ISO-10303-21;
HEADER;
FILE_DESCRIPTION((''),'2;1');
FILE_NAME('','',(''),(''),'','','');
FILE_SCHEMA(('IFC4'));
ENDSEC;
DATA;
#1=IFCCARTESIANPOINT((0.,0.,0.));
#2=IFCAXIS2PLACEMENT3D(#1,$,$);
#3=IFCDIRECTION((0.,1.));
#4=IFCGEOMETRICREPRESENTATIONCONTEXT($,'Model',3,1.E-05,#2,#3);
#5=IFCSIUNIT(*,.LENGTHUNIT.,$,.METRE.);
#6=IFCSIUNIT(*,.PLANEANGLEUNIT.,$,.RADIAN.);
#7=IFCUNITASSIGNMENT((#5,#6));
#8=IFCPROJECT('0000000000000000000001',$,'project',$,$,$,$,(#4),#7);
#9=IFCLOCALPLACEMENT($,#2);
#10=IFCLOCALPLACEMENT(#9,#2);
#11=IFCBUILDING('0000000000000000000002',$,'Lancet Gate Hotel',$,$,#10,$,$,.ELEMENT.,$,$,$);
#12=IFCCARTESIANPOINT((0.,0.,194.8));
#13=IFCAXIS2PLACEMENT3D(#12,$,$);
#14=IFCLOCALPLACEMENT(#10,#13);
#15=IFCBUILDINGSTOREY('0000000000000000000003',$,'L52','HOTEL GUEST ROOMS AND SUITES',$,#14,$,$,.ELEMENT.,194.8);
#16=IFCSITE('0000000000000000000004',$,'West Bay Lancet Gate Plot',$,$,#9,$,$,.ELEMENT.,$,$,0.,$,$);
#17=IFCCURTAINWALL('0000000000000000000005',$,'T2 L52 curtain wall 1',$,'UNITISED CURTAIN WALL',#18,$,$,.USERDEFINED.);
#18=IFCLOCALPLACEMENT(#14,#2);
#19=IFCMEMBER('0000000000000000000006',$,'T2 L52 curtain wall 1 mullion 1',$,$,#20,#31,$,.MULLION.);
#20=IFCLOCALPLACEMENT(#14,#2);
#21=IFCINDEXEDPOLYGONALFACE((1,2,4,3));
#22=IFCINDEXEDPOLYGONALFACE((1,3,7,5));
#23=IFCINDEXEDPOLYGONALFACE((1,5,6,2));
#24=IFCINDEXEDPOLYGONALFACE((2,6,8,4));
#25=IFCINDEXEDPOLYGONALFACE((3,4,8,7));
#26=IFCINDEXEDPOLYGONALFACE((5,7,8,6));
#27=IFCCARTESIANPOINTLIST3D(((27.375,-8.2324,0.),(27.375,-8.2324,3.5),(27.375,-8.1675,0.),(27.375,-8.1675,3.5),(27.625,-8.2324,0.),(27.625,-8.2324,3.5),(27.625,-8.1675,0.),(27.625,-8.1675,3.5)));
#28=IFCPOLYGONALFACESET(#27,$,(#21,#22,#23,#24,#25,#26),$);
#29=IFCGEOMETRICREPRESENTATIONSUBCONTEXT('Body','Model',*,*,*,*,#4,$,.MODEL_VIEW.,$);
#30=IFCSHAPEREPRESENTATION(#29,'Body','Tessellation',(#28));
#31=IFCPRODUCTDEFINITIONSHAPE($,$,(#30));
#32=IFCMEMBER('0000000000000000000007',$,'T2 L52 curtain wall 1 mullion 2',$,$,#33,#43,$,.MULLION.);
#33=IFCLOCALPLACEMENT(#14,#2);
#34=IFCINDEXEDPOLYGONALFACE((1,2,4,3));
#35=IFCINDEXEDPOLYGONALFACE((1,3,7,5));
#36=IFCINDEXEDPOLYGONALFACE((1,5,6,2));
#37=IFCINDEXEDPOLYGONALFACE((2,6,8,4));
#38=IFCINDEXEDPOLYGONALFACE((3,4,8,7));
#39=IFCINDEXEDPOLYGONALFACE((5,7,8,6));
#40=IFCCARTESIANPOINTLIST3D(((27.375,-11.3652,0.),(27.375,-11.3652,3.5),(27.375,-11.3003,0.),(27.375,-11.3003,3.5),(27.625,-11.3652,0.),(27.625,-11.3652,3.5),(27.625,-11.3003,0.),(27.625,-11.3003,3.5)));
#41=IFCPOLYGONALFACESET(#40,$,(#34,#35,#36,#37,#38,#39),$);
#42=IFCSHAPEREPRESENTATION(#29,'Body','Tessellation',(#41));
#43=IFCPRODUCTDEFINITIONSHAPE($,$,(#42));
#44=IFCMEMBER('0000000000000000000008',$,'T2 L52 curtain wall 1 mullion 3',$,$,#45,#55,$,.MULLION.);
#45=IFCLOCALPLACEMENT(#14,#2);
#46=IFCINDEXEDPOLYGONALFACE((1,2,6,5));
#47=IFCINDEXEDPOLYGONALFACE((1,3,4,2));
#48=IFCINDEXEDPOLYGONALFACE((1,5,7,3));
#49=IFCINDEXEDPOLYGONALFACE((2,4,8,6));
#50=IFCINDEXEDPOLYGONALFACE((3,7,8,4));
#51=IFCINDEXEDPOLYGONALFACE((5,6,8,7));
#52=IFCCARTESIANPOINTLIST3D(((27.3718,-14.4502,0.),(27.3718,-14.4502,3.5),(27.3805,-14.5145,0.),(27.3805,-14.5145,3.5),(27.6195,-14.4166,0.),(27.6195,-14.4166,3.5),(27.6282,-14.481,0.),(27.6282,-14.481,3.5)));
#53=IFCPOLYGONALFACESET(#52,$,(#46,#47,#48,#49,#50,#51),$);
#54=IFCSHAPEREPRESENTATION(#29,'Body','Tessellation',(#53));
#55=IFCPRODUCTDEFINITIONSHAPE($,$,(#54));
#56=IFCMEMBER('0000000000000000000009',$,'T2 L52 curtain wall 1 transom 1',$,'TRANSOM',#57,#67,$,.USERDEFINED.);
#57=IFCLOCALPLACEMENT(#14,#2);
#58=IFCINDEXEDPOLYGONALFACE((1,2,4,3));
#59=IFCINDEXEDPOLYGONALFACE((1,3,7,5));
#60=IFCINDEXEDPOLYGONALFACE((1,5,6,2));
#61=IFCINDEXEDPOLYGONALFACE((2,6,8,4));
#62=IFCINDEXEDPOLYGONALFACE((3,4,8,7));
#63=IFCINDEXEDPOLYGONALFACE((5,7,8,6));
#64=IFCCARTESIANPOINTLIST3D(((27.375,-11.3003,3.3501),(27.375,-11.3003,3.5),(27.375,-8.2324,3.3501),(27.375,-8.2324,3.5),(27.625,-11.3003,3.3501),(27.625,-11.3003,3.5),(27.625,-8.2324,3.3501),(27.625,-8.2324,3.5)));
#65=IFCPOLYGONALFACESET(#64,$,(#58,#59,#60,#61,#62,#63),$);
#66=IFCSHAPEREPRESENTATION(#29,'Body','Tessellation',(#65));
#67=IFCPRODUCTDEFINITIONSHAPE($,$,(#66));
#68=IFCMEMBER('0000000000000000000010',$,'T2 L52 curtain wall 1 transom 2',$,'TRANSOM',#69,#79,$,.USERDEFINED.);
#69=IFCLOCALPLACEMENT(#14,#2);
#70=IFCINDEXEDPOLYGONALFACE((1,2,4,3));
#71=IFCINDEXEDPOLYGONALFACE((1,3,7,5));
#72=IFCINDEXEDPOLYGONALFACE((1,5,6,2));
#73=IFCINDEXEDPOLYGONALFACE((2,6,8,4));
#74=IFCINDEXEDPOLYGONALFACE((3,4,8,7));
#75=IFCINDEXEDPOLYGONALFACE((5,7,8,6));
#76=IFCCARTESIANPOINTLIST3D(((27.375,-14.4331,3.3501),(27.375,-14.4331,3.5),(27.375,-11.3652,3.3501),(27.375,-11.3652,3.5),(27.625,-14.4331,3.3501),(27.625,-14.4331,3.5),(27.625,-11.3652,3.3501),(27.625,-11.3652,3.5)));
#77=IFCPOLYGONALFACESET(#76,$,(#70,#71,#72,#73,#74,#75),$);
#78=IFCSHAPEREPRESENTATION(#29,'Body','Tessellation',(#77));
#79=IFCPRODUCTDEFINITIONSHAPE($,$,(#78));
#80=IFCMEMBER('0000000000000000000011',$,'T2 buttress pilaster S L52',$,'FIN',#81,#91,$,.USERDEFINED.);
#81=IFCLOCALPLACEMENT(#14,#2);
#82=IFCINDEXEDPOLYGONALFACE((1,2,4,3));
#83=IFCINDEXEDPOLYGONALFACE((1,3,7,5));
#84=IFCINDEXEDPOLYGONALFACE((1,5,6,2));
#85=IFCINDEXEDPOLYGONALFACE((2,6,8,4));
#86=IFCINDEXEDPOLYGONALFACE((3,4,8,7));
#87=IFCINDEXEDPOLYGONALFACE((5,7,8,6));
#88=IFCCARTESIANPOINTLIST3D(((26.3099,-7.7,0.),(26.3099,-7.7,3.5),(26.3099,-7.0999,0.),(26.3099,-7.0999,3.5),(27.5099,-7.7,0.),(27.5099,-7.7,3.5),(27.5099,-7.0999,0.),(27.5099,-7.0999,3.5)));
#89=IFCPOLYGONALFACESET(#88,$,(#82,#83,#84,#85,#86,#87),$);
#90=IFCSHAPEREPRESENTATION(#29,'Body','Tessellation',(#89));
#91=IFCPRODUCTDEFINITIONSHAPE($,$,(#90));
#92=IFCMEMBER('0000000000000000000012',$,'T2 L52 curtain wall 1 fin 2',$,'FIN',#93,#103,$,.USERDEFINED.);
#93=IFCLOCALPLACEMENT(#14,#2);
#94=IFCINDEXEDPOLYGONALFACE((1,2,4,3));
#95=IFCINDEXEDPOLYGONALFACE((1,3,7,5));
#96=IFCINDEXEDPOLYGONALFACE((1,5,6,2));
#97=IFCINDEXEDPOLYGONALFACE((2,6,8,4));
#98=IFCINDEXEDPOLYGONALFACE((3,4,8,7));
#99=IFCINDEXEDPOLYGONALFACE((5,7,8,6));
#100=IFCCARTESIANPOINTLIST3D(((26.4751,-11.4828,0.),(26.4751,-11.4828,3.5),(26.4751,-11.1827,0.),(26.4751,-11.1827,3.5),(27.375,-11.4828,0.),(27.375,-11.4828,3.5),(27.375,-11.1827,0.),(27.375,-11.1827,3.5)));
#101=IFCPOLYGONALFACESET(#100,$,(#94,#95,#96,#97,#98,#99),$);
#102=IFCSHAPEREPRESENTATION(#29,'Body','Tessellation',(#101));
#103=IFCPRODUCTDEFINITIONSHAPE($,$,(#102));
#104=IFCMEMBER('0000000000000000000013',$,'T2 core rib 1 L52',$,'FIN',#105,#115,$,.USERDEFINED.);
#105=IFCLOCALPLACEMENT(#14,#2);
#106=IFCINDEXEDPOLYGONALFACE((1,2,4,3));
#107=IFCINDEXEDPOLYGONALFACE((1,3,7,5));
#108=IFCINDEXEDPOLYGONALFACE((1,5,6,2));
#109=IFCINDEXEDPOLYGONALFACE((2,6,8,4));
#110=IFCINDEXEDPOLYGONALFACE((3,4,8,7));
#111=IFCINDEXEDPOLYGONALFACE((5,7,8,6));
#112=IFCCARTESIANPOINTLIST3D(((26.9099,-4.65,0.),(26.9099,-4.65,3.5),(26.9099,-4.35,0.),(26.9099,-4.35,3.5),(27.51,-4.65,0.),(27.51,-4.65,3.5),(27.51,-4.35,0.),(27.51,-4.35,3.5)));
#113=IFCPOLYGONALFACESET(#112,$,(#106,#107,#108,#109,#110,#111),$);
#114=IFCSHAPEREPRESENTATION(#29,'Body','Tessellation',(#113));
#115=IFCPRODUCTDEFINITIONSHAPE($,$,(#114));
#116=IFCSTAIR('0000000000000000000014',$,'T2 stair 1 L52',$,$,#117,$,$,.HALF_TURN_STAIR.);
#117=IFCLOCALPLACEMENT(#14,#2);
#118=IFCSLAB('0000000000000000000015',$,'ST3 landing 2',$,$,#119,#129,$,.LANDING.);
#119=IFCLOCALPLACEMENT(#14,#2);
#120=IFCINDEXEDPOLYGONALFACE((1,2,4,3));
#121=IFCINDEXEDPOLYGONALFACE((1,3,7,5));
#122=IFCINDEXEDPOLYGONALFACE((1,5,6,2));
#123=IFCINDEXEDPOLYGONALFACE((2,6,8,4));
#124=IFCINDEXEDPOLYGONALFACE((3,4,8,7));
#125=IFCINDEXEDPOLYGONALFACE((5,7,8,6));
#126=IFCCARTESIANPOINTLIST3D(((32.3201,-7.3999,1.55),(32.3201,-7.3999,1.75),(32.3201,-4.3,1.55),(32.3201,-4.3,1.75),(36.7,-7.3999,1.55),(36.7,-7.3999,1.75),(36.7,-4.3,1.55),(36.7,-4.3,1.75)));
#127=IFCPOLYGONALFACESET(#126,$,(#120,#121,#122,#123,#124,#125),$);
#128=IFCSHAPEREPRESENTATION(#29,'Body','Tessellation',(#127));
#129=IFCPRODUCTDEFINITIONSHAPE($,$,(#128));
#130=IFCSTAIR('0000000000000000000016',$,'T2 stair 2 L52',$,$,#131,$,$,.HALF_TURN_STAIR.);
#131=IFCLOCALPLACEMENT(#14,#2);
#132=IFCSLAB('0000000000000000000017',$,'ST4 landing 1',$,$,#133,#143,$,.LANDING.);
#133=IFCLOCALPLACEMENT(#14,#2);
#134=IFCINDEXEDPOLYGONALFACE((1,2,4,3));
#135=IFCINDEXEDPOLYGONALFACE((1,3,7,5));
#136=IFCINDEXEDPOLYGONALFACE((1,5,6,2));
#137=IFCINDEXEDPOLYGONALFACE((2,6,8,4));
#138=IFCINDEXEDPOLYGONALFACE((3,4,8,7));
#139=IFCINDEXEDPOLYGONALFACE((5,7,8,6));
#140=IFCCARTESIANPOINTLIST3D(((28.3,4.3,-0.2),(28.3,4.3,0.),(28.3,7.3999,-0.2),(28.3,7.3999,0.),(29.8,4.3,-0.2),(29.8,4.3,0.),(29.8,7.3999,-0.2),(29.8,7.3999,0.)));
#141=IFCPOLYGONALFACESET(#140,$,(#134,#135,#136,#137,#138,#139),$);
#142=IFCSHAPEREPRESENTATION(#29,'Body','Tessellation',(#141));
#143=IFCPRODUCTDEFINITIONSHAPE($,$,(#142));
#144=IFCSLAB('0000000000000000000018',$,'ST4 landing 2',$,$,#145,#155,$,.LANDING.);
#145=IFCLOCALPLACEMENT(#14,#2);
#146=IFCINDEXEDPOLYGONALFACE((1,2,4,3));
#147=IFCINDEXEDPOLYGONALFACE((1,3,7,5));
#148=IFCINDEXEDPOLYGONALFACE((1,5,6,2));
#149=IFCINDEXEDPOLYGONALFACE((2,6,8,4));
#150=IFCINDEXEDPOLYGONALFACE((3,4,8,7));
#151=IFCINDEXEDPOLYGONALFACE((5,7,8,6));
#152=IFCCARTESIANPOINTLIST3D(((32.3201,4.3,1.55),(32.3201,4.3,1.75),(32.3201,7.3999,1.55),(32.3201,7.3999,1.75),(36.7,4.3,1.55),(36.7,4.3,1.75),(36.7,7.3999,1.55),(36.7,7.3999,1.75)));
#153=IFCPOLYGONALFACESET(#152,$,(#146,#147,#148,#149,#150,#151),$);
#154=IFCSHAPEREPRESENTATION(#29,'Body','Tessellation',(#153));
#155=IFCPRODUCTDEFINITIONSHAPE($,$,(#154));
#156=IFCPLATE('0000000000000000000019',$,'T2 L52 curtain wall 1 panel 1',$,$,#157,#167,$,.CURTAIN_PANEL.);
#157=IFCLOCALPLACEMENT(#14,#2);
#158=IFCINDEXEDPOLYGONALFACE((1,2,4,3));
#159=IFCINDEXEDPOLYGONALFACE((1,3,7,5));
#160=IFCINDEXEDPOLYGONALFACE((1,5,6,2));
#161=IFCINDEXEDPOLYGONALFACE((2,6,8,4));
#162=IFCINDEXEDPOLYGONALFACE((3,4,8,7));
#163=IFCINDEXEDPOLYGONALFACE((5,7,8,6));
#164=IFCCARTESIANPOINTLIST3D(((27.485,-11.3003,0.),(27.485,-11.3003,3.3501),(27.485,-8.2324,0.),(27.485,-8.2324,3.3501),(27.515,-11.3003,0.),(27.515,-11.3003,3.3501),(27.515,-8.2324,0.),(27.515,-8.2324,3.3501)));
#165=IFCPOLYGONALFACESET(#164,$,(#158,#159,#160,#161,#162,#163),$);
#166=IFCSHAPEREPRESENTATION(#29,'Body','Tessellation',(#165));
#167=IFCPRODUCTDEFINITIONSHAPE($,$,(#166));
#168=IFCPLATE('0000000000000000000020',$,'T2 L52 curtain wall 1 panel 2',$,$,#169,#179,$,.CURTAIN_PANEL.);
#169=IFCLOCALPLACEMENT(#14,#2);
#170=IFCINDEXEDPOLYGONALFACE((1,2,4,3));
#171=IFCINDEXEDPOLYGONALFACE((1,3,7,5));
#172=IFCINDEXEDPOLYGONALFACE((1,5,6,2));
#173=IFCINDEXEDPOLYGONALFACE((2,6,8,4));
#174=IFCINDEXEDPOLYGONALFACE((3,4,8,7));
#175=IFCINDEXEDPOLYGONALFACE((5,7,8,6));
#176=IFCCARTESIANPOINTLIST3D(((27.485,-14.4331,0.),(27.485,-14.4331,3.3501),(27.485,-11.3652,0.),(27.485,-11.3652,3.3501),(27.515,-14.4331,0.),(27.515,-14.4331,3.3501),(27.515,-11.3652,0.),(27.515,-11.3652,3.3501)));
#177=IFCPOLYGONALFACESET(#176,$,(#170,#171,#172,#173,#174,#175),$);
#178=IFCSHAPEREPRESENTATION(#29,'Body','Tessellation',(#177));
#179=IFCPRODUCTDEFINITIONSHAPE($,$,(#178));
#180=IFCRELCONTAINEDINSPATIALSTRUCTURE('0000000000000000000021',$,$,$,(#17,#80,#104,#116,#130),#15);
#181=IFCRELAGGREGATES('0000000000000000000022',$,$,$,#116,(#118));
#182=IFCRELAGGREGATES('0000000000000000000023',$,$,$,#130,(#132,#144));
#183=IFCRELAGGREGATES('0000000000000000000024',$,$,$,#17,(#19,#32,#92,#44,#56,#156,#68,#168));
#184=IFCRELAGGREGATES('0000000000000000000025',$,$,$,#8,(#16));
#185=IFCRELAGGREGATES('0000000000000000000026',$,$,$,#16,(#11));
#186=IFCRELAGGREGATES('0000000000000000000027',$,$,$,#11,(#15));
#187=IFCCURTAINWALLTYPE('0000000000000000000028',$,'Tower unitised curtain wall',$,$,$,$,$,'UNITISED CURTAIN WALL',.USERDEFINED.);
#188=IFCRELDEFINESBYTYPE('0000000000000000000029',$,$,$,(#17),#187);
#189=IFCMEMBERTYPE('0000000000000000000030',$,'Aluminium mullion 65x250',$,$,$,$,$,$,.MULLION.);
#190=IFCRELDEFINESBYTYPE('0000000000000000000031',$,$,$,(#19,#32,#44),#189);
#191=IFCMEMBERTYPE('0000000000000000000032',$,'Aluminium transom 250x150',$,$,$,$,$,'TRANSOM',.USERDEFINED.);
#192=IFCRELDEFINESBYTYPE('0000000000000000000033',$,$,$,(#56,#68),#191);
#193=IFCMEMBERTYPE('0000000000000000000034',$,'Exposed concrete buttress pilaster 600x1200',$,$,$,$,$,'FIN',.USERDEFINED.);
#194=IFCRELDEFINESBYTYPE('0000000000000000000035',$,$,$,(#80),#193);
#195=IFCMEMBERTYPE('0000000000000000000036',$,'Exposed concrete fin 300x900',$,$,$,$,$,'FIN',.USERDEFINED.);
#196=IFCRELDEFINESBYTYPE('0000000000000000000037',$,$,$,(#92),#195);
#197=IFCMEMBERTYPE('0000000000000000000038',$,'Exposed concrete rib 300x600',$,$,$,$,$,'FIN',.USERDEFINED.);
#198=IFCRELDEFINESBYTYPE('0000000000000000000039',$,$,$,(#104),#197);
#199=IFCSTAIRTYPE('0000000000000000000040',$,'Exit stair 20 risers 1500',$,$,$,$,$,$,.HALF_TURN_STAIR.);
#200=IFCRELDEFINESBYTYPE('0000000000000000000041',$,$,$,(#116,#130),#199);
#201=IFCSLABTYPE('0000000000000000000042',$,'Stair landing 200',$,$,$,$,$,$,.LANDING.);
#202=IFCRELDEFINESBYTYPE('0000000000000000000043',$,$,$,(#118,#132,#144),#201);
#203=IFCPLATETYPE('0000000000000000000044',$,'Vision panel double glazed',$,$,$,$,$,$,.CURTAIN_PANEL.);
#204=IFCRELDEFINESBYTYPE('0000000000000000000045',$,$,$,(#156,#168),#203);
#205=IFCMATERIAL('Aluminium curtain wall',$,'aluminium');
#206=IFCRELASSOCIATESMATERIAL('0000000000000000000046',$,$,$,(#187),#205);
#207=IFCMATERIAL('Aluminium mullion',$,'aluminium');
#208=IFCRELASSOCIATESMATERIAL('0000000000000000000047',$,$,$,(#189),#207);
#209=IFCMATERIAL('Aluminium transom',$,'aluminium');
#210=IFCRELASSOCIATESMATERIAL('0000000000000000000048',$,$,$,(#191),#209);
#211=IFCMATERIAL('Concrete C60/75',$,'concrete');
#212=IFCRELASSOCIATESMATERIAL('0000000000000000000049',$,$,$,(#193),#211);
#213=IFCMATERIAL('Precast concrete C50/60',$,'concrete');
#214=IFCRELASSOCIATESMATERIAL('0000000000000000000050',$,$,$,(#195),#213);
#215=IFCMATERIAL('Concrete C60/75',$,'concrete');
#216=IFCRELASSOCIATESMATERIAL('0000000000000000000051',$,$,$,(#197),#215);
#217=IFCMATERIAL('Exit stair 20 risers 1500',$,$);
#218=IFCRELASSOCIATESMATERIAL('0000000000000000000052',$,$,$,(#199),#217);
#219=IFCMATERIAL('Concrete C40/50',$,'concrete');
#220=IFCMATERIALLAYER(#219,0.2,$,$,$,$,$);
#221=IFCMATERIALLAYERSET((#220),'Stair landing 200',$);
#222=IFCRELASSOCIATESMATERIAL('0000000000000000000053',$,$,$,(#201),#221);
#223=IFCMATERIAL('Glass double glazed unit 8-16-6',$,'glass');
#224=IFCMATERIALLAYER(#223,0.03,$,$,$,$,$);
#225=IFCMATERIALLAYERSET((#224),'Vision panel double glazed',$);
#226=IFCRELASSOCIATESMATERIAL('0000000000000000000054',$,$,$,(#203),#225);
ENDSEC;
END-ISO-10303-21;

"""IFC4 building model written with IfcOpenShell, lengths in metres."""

from ifc_helpers import new_model, si_unit, direction, frame, origin, origin_2d, place, context, subcontext, project, spatial, polyline, rectangle, outline, extrude, material, layer, layer_set, material_profile, profile_set, type_object, element, aggregate, save


model = new_model("IFC4")

# Units and contexts
model_context = context("Model", 3, precision=1e-05, world=origin(), true_north=direction((0.0, 1.0)))
body_context = subcontext(model_context, "Body", "Model", "MODEL_VIEW")
ifc_project = project(units=[si_unit("LENGTHUNIT", "METRE"), si_unit("PLANEANGLEUNIT", "RADIAN")], contexts=[model_context])

# Site, building, storey
site_placement = place(None, origin())
site = spatial("IfcSite", under=ifc_project, at=site_placement, Name="West Bay Lancet Gate Plot", CompositionType="ELEMENT", RefElevation=0.0)
building_placement = place(site_placement, origin())
building = spatial("IfcBuilding", under=site, at=building_placement, Name="Lancet Gate Hotel", CompositionType="ELEMENT")
storey_placement = place(building_placement, frame((0.0, 0.0, 194.8)))
storey = spatial("IfcBuildingStorey", under=building, at=storey_placement, Name="L52", Description="HOTEL GUEST ROOMS AND SUITES", CompositionType="ELEMENT", Elevation=194.8)

# Curtain wall, members
ifc_material_1 = material(Name="Aluminium curtain wall", Category="aluminium")
curtain_wall_type = type_object("IfcCurtainWallType", Name="Tower unitised curtain wall", ElementType="UNITISED CURTAIN WALL", PredefinedType="USERDEFINED", material=ifc_material_1)
curtain_wall_placement = place(storey_placement, origin())
curtain_wall = element("IfcCurtainWall", 1, at=curtain_wall_placement, inside=storey, type_object=curtain_wall_type, Name="T2 L52 curtain wall 1", ObjectType="UNITISED CURTAIN WALL", PredefinedType="USERDEFINED")
ifc_material_2 = material(Name="Aluminium mullion", Category="aluminium")
ifc_material_profile_1 = material_profile(ifc_material_2, rectangle(XDim=0.0649, YDim=0.25, at=origin_2d()), Name="MULLION 65x250")
ifc_profile_set_1 = profile_set([ifc_material_profile_1], Name="Aluminium mullion")
member_type_1 = type_object("IfcMemberType", Name="Aluminium mullion 65x250", PredefinedType="MULLION", material=ifc_profile_set_1)
member_1_placement = place(storey_placement, frame((27.5, -8.2, 0.0), z_axis=(0.0, 0.0, 1.0), x_axis=(0.0, -1.0, 0.0)))
member_1 = element("IfcMember", 2, at=member_1_placement, type_object=member_type_1, Name="T2 L52 curtain wall 1 mullion 1", PredefinedType="MULLION", context=body_context, shape_type="SweptSolid", body=[
    extrude(rectangle(XDim=0.0649, YDim=0.25, at=origin_2d()), origin(), (0.0, 0.0, 1.0), 3.5),
])
member_2_placement = place(storey_placement, frame((27.5, -11.3328, 0.0), z_axis=(0.0, 0.0, 1.0), x_axis=(0.0, -1.0, 0.0)))
member_2 = element("IfcMember", 3, at=member_2_placement, type_object=member_type_1, Name="T2 L52 curtain wall 1 mullion 2", PredefinedType="MULLION", context=body_context, shape_type="SweptSolid", body=[
    extrude(rectangle(XDim=0.0649, YDim=0.25, at=origin_2d()), origin(), (0.0, 0.0, 1.0), 3.5),
])
member_3_placement = place(storey_placement, frame((27.5, -14.4656, 0.0), z_axis=(0.0, 0.0, 1.0), x_axis=(0.134207, -0.990953, 0.0)))
member_3 = element("IfcMember", 4, at=member_3_placement, type_object=member_type_1, Name="T2 L52 curtain wall 1 mullion 3", PredefinedType="MULLION", context=body_context, shape_type="SweptSolid", body=[
    extrude(rectangle(XDim=0.0649, YDim=0.25, at=origin_2d()), origin(), (0.0, 0.0, 1.0), 3.5),
])
ifc_material_3 = material(Name="Aluminium transom", Category="aluminium")
ifc_material_profile_2 = material_profile(ifc_material_3, rectangle(XDim=0.25, YDim=0.1499, at=origin_2d()), Name="TRANSOM 250x150")
ifc_profile_set_2 = profile_set([ifc_material_profile_2], Name="Aluminium transom")
member_type_2 = type_object("IfcMemberType", Name="Aluminium transom 250x150", ElementType="TRANSOM", PredefinedType="USERDEFINED", material=ifc_profile_set_2)
member_4_placement = place(storey_placement, frame((27.5, -8.2324, 3.425), z_axis=(0.0, -1.0, 0.0), x_axis=(1.0, 0.0, 0.0)))
member_4 = element("IfcMember", 5, at=member_4_placement, type_object=member_type_2, Name="T2 L52 curtain wall 1 transom 1", ObjectType="TRANSOM", PredefinedType="USERDEFINED", context=body_context, shape_type="SweptSolid", body=[
    extrude(rectangle(XDim=0.25, YDim=0.1499, at=origin_2d()), origin(), (0.0, 0.0, 1.0), 3.0679),
])
member_5_placement = place(storey_placement, frame((27.5, -11.3652, 3.425), z_axis=(0.0, -1.0, 0.0), x_axis=(1.0, 0.0, 0.0)))
member_5 = element("IfcMember", 6, at=member_5_placement, type_object=member_type_2, Name="T2 L52 curtain wall 1 transom 2", ObjectType="TRANSOM", PredefinedType="USERDEFINED", context=body_context, shape_type="SweptSolid", body=[
    extrude(rectangle(XDim=0.25, YDim=0.1499, at=origin_2d()), origin(), (0.0, 0.0, 1.0), 3.0679),
])

# Members
ifc_material_4 = material(Name="Concrete C60/75", Category="concrete")
ifc_material_profile_3 = material_profile(ifc_material_4, rectangle(XDim=0.6001, YDim=1.2, at=origin_2d()), Name="FIN 600x1200")
ifc_profile_set_3 = profile_set([ifc_material_profile_3], Name="Concrete C60/75")
member_type_3 = type_object("IfcMemberType", Name="Exposed concrete buttress pilaster 600x1200", ElementType="FIN", PredefinedType="USERDEFINED", material=ifc_profile_set_3)
member_6_placement = place(storey_placement, frame((26.9099, -7.3999, 0.0), z_axis=(0.0, 0.0, 1.0), x_axis=(0.0, 1.0, 0.0)))
element("IfcMember", 7, at=member_6_placement, inside=storey, type_object=member_type_3, Name="T2 buttress pilaster S L52", ObjectType="FIN", PredefinedType="USERDEFINED", context=body_context, shape_type="SweptSolid", body=[
    extrude(rectangle(XDim=0.6001, YDim=1.2, at=origin_2d()), origin(), (0.0, 0.0, 1.0), 3.5),
])
ifc_material_5 = material(Name="Precast concrete C50/60", Category="concrete")
ifc_material_profile_4 = material_profile(ifc_material_5, rectangle(XDim=0.3, YDim=0.8999, at=origin_2d()), Name="FIN 300x900")
ifc_profile_set_4 = profile_set([ifc_material_profile_4], Name="Precast concrete C50/60")
member_type_4 = type_object("IfcMemberType", Name="Exposed concrete fin 300x900", ElementType="FIN", PredefinedType="USERDEFINED", material=ifc_profile_set_4)
member_7_placement = place(storey_placement, frame((26.925, -11.3328, 0.0), z_axis=(0.0, 0.0, 1.0), x_axis=(0.0, -1.0, 0.0)))
member_7 = element("IfcMember", 8, at=member_7_placement, type_object=member_type_4, Name="T2 L52 curtain wall 1 fin 2", ObjectType="FIN", PredefinedType="USERDEFINED", context=body_context, shape_type="SweptSolid", body=[
    extrude(rectangle(XDim=0.3, YDim=0.8999, at=origin_2d()), origin(), (0.0, 0.0, 1.0), 3.5),
])
ifc_material_6 = material(Name="Concrete C60/75", Category="concrete")
ifc_material_profile_5 = material_profile(ifc_material_6, rectangle(XDim=0.3, YDim=0.6001, at=origin_2d()), Name="FIN 300x600")
ifc_profile_set_5 = profile_set([ifc_material_profile_5], Name="Concrete C60/75")
member_type_5 = type_object("IfcMemberType", Name="Exposed concrete rib 300x600", ElementType="FIN", PredefinedType="USERDEFINED", material=ifc_profile_set_5)
member_8_placement = place(storey_placement, frame((27.21, -4.5, 0.0), z_axis=(0.0, 0.0, 1.0), x_axis=(0.0, 1.0, 0.0)))
element("IfcMember", 9, at=member_8_placement, inside=storey, type_object=member_type_5, Name="T2 core rib 1 L52", ObjectType="FIN", PredefinedType="USERDEFINED", context=body_context, shape_type="SweptSolid", body=[
    extrude(rectangle(XDim=0.3, YDim=0.6001, at=origin_2d()), origin(), (0.0, 0.0, 1.0), 3.5),
])

# Stair, slab
ifc_material_7 = material(Name="Exit stair 20 risers 1500")
stair_type = type_object("IfcStairType", Name="Exit stair 20 risers 1500", PredefinedType="HALF_TURN_STAIR", material=ifc_material_7)
stair_1_placement = place(storey_placement, origin())
stair_1 = element("IfcStair", 10, at=stair_1_placement, inside=storey, type_object=stair_type, Name="T2 stair 1 L52", PredefinedType="HALF_TURN_STAIR")
ifc_material_8 = material(Name="Concrete C40/50", Category="concrete")
ifc_layer_1 = layer(ifc_material_8, 0.2)
ifc_layer_set_1 = layer_set([ifc_layer_1], Name="Stair landing 200")
slab_type = type_object("IfcSlabType", Name="Stair landing 200", PredefinedType="LANDING", material=ifc_layer_set_1)
slab_1_placement = place(storey_placement, frame((0.0, 0.0, 1.55)))
slab_1 = element("IfcSlab", 11, at=slab_1_placement, type_object=slab_type, Name="ST3 landing 2", PredefinedType="LANDING", context=body_context, shape_type="SweptSolid", body=[
    extrude(outline(polyline([(32.3201, -7.3999), (36.7, -7.3999), (36.7, -4.3), (32.3201, -4.3), (32.3201, -7.3999)])), origin(), (0.0, 0.0, 1.0), 0.2),
])
aggregate(stair_1, [slab_1])

# Stair, slabs
stair_2_placement = place(storey_placement, origin())
stair_2 = element("IfcStair", 12, at=stair_2_placement, inside=storey, type_object=stair_type, Name="T2 stair 2 L52", PredefinedType="HALF_TURN_STAIR")
slab_2_placement = place(storey_placement, frame((0.0, 0.0, -0.2)))
slab_2 = element("IfcSlab", 13, at=slab_2_placement, type_object=slab_type, Name="ST4 landing 1", PredefinedType="LANDING", context=body_context, shape_type="SweptSolid", body=[
    extrude(outline(polyline([(28.3, 4.3), (29.8, 4.3), (29.8, 7.3999), (28.3, 7.3999), (28.3, 4.3)])), origin(), (0.0, 0.0, 1.0), 0.2),
])
slab_3_placement = place(storey_placement, frame((0.0, 0.0, 1.55)))
slab_3 = element("IfcSlab", 14, at=slab_3_placement, type_object=slab_type, Name="ST4 landing 2", PredefinedType="LANDING", context=body_context, shape_type="SweptSolid", body=[
    extrude(outline(polyline([(32.3201, 4.3), (36.7, 4.3), (36.7, 7.3999), (32.3201, 7.3999), (32.3201, 4.3)])), origin(), (0.0, 0.0, 1.0), 0.2),
])
aggregate(stair_2, [slab_2, slab_3])

# Plates
ifc_material_9 = material(Name="Glass double glazed unit 8-16-6", Category="glass")
ifc_layer_2 = layer(ifc_material_9, 0.03)
ifc_layer_set_2 = layer_set([ifc_layer_2], Name="Vision panel double glazed")
plate_type = type_object("IfcPlateType", Name="Vision panel double glazed", PredefinedType="CURTAIN_PANEL", material=ifc_layer_set_2)
plate_1_placement = place(storey_placement, frame((27.5, -9.7664, 0.0), z_axis=(0.0, 0.0, 1.0), x_axis=(0.0, -1.0, 0.0)))
plate_1 = element("IfcPlate", 15, at=plate_1_placement, type_object=plate_type, Name="T2 L52 curtain wall 1 panel 1", PredefinedType="CURTAIN_PANEL", context=body_context, shape_type="SweptSolid", body=[
    extrude(rectangle(XDim=3.0679, YDim=0.03, at=origin_2d()), origin(), (0.0, 0.0, 1.0), 3.3501),
])
plate_2_placement = place(storey_placement, frame((27.5, -12.8992, 0.0), z_axis=(0.0, 0.0, 1.0), x_axis=(0.0, -1.0, 0.0)))
plate_2 = element("IfcPlate", 16, at=plate_2_placement, type_object=plate_type, Name="T2 L52 curtain wall 1 panel 2", PredefinedType="CURTAIN_PANEL", context=body_context, shape_type="SweptSolid", body=[
    extrude(rectangle(XDim=3.0679, YDim=0.03, at=origin_2d()), origin(), (0.0, 0.0, 1.0), 3.3501),
])
aggregate(curtain_wall, [member_1, member_2, member_7, member_3, member_4, plate_1, member_5, plate_2])

save(model, "model.ifc")
